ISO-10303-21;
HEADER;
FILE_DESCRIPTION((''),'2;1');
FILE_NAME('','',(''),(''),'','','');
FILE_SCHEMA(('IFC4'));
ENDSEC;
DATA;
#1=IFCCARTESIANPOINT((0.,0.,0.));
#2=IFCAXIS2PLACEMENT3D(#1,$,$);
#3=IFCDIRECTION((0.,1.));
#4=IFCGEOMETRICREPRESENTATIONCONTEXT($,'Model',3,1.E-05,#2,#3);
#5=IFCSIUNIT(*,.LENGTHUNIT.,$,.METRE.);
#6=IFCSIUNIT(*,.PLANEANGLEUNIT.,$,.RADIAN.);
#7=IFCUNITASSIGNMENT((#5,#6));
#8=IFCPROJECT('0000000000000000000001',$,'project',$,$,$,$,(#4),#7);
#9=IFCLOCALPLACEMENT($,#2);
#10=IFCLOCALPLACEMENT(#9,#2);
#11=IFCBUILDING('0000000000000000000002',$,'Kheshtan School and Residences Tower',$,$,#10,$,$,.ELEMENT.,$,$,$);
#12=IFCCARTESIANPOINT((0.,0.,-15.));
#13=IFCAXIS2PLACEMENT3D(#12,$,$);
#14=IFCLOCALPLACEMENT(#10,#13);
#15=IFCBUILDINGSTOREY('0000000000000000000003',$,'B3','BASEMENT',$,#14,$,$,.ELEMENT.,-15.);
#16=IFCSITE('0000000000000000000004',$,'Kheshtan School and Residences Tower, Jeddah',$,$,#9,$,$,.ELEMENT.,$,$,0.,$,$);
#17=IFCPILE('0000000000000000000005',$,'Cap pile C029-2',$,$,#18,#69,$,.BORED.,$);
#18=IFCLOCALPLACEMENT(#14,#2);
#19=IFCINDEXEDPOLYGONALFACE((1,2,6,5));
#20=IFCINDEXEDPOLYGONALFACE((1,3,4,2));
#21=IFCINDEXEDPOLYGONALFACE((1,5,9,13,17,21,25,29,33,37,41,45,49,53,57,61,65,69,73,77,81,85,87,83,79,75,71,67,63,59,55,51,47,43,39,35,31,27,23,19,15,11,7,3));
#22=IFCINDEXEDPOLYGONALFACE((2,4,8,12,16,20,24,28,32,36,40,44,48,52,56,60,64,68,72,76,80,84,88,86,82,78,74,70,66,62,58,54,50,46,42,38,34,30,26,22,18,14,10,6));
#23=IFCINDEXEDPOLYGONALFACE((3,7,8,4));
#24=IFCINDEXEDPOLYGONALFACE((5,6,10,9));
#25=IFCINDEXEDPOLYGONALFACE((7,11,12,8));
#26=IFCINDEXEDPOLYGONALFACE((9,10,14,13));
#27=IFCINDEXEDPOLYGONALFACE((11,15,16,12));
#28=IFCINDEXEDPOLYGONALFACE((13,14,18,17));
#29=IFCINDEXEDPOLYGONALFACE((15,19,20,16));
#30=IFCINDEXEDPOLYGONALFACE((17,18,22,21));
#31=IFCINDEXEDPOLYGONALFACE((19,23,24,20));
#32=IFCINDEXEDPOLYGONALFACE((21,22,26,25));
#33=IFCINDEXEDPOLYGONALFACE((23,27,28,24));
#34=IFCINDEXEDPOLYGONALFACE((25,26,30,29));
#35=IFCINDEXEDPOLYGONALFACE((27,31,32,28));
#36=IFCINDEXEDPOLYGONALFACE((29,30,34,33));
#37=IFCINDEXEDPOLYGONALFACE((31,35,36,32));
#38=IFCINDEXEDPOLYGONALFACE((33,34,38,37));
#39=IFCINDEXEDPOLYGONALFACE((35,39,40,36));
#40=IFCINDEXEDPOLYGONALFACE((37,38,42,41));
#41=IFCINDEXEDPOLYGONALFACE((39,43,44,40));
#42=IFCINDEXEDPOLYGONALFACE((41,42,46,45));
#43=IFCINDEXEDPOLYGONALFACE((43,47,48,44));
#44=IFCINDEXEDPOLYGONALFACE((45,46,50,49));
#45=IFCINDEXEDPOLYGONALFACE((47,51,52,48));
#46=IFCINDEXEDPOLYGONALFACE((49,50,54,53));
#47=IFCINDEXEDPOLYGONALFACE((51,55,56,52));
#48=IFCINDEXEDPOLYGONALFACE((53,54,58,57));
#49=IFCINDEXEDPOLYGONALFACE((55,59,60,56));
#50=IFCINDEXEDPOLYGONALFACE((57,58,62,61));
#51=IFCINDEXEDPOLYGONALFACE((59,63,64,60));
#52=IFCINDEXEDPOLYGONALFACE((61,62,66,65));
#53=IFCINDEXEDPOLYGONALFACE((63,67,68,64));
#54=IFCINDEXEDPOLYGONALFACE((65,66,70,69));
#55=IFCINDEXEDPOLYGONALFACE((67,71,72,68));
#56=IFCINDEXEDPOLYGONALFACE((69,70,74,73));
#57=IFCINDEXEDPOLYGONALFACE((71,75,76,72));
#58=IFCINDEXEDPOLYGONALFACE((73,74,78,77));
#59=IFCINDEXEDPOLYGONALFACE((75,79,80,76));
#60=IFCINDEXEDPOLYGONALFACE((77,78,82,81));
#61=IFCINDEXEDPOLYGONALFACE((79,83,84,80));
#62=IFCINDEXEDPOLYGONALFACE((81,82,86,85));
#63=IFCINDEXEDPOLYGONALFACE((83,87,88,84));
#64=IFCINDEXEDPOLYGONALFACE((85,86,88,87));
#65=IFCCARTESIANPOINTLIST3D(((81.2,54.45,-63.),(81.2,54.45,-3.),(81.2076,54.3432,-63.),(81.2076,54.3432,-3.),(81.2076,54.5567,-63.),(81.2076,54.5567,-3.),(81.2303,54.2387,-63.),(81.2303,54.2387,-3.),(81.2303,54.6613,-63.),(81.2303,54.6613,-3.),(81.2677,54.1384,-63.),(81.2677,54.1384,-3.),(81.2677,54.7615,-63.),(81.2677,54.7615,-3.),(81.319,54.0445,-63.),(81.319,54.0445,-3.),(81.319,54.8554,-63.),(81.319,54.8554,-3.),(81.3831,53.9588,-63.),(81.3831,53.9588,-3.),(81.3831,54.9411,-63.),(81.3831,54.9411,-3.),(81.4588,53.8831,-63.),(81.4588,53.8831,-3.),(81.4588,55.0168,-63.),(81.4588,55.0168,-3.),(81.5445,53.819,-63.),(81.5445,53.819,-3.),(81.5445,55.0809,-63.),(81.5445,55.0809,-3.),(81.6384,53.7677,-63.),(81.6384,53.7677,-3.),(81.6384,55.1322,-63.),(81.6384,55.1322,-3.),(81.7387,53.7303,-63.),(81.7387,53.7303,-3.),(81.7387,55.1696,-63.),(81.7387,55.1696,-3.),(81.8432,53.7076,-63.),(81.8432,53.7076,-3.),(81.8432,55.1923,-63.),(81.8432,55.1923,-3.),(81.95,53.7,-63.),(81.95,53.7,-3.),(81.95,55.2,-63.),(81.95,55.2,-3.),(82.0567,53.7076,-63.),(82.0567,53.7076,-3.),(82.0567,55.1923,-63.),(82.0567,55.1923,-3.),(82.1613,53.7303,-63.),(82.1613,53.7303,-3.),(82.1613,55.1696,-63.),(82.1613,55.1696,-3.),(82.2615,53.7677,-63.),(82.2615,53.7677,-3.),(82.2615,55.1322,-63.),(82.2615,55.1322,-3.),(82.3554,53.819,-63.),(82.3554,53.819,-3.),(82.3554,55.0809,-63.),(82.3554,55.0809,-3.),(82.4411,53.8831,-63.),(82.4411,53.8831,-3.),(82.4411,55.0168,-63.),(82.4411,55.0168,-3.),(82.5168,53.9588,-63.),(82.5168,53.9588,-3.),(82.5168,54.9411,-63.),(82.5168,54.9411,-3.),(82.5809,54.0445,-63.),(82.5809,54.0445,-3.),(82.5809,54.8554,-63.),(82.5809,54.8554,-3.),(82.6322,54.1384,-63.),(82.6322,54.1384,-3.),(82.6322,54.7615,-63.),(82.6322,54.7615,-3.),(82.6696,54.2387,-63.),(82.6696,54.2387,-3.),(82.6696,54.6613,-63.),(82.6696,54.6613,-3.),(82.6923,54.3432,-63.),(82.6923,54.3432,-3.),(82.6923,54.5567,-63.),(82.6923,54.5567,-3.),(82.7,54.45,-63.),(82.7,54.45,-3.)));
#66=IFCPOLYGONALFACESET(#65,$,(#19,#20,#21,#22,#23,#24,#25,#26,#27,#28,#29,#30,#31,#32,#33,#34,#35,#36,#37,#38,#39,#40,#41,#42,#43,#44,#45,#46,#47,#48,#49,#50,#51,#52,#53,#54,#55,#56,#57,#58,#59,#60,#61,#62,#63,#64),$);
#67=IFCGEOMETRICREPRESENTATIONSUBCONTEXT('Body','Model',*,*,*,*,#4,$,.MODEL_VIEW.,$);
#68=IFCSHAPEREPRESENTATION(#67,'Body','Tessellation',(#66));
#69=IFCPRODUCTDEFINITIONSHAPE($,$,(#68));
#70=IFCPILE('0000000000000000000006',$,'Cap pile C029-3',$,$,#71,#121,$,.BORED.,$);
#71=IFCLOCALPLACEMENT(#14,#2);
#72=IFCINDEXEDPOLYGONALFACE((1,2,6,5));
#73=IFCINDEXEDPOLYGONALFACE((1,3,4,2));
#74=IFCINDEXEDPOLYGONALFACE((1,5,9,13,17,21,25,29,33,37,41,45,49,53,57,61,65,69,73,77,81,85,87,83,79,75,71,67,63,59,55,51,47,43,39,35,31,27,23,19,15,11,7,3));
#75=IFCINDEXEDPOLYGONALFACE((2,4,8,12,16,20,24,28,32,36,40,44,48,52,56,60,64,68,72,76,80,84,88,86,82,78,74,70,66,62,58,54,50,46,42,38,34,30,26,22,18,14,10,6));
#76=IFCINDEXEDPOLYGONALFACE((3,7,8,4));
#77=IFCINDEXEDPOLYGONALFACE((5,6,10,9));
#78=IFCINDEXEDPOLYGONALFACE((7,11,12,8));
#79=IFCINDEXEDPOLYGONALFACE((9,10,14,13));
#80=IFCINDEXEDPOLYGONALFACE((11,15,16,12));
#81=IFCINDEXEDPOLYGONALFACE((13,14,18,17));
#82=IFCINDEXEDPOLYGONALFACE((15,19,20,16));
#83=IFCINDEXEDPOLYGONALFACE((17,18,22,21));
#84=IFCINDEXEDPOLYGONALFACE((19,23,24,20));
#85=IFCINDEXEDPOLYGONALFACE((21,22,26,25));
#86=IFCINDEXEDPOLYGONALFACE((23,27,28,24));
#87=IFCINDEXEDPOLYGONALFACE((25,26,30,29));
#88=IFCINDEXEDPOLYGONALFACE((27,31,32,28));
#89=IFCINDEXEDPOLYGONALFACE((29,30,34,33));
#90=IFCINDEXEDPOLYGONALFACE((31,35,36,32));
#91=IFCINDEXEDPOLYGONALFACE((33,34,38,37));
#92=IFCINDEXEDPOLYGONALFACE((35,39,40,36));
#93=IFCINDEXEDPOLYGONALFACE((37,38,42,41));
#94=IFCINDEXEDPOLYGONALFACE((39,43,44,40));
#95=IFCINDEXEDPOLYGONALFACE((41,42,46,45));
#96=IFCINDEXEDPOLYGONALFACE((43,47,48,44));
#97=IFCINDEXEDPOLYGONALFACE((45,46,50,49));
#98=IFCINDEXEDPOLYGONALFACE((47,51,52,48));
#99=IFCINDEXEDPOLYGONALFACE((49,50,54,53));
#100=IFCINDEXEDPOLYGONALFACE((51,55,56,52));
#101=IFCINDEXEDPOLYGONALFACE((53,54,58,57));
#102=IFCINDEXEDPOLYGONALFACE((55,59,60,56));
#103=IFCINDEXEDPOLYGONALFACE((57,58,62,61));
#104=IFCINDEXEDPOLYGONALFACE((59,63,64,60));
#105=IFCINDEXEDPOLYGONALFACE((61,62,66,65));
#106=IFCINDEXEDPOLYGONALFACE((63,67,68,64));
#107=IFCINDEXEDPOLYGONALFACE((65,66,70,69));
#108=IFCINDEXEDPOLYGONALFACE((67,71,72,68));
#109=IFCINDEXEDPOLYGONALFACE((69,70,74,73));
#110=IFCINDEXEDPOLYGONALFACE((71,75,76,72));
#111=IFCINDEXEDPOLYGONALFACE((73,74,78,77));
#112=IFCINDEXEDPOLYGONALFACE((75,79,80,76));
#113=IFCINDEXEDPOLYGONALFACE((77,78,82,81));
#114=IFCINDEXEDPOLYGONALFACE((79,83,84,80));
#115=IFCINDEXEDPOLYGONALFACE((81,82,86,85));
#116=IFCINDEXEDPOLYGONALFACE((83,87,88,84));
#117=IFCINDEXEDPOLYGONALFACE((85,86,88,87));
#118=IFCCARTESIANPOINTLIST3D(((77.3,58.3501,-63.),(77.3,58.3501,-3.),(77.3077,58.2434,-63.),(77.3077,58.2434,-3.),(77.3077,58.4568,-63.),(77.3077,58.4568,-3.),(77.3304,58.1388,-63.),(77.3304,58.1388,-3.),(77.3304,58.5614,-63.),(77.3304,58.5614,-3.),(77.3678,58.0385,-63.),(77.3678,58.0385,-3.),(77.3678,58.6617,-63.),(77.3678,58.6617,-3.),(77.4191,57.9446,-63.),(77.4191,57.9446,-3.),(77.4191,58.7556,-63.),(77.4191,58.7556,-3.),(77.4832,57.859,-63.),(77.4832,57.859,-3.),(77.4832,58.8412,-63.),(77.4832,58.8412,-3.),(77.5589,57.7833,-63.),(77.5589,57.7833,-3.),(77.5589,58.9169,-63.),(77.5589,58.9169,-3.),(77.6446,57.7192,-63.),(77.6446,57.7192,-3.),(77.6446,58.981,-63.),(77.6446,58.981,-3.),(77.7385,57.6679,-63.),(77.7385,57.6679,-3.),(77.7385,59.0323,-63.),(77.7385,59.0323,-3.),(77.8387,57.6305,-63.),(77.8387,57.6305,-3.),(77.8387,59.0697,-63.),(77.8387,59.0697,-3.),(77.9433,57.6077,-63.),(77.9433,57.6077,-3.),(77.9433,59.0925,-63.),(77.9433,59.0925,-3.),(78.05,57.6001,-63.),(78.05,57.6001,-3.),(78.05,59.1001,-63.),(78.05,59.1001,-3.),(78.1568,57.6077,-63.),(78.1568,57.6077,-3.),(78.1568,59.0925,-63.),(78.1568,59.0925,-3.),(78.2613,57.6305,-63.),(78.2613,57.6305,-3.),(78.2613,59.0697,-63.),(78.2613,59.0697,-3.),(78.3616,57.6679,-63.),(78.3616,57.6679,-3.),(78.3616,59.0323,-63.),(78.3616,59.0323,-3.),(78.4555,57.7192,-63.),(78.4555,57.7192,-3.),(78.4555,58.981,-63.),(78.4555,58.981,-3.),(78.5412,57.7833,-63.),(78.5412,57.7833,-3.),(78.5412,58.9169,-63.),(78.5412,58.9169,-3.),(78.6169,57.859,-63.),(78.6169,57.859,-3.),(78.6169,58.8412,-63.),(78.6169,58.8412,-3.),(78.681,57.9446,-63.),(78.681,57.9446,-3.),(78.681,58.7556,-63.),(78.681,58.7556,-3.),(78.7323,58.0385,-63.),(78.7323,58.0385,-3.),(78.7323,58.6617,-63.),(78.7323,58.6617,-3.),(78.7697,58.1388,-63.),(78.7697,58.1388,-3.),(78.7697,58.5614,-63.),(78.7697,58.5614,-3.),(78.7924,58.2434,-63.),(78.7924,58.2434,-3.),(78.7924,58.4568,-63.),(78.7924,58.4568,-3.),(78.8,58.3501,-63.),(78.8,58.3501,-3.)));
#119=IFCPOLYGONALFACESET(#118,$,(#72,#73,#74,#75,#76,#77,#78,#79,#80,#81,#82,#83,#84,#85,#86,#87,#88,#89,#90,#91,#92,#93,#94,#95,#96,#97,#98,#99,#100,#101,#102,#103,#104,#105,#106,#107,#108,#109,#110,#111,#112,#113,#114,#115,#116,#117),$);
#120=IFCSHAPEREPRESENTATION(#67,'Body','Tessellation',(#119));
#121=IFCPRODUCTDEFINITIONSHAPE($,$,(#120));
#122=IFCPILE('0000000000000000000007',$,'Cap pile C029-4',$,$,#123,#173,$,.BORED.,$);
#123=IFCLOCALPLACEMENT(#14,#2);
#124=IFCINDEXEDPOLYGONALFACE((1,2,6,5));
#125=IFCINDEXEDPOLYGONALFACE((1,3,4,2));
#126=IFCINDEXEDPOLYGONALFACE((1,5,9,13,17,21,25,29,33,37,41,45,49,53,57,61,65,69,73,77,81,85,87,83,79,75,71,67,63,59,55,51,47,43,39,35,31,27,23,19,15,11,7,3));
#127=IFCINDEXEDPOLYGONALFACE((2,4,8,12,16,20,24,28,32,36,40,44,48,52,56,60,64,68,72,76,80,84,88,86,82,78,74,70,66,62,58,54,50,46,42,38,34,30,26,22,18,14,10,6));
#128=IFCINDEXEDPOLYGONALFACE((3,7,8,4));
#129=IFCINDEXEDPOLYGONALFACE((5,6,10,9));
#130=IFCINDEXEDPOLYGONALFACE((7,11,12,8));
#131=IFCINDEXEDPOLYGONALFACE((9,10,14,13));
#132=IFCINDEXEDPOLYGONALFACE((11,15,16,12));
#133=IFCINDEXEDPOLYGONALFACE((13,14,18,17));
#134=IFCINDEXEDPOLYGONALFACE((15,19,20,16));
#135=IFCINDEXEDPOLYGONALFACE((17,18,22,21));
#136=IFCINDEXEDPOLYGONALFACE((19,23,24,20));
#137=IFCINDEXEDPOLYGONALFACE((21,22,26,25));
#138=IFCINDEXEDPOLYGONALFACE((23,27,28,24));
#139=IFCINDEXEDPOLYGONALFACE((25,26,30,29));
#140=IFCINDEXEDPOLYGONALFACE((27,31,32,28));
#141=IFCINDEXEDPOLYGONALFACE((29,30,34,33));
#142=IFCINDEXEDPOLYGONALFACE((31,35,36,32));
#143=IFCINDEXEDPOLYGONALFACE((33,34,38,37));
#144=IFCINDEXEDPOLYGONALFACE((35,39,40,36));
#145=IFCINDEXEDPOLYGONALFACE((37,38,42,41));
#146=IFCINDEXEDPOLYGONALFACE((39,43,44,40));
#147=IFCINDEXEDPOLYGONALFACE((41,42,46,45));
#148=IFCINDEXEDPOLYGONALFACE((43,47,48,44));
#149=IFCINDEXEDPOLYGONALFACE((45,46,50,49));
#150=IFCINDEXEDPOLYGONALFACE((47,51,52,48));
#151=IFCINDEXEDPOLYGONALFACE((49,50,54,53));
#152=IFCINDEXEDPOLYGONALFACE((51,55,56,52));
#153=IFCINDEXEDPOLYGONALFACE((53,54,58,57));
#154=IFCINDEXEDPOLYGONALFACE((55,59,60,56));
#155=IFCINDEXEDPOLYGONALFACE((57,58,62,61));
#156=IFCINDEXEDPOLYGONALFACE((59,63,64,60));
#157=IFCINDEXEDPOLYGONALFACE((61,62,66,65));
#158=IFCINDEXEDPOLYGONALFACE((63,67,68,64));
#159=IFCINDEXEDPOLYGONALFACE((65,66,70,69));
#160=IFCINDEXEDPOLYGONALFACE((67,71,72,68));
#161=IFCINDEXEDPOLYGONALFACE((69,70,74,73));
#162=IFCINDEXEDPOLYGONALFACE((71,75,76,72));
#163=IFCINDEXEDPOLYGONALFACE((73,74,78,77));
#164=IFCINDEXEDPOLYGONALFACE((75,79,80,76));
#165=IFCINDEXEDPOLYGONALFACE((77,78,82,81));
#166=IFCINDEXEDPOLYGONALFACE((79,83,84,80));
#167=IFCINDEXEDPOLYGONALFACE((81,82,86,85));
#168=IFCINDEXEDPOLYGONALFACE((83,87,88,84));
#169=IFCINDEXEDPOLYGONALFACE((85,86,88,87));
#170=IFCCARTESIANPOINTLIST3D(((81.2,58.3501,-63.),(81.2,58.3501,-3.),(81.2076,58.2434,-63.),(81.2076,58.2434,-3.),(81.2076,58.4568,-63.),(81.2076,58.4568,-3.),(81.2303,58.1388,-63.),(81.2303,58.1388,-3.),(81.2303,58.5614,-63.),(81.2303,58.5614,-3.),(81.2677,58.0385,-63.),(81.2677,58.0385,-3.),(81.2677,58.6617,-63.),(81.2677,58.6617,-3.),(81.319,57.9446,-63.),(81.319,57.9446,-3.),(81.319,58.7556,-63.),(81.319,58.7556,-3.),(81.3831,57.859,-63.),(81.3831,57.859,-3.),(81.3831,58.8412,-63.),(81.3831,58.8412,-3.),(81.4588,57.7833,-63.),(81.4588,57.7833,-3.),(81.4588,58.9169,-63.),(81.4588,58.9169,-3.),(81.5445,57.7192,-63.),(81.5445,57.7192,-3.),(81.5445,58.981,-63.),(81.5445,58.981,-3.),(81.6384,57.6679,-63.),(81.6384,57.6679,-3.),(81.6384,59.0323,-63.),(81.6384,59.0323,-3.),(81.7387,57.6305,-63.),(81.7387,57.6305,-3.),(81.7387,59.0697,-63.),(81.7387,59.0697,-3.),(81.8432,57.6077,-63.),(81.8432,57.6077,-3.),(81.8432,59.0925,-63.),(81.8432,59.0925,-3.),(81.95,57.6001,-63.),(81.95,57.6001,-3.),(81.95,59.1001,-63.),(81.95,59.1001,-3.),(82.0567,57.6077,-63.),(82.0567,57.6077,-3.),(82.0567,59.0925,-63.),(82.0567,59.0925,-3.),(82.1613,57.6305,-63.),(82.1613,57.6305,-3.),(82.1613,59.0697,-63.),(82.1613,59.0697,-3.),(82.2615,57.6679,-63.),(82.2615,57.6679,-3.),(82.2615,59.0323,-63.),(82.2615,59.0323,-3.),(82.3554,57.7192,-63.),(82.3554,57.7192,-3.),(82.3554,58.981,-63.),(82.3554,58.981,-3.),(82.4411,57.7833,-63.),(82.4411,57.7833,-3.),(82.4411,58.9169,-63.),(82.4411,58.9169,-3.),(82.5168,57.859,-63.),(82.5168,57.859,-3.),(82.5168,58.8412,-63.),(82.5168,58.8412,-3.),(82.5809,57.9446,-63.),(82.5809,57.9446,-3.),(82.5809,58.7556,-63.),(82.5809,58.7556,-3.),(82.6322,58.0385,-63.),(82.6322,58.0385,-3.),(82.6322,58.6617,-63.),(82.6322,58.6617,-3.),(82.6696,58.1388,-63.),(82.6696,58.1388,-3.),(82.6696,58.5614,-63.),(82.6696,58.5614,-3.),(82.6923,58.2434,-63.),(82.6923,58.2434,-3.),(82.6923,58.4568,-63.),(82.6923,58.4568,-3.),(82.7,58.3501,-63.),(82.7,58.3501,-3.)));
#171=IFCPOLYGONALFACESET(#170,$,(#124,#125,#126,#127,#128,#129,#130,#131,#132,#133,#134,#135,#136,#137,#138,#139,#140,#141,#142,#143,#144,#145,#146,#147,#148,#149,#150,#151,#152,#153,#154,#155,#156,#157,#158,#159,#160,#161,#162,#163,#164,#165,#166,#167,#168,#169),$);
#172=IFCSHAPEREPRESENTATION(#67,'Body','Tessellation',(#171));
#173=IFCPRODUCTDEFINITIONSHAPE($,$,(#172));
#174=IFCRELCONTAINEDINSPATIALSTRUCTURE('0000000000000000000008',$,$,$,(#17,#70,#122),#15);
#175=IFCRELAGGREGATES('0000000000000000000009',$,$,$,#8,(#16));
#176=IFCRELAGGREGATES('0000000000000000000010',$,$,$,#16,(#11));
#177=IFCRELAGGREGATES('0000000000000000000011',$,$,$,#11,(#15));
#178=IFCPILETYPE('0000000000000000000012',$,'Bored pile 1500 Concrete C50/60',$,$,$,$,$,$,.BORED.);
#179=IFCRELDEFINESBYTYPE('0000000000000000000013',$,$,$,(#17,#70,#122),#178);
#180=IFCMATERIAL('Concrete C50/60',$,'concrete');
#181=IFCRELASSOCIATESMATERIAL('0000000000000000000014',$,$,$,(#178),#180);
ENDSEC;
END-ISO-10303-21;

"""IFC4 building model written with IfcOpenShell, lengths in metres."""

from ifc_helpers import new_model, si_unit, direction, frame, origin, origin_2d, place, context, subcontext, project, spatial, circle, extrude, material, material_profile, profile_set, type_object, element, save


model = new_model("IFC4")

# Units and contexts
model_context = context("Model", 3, precision=1e-05, world=origin(), true_north=direction((0.0, 1.0)))
body_context = subcontext(model_context, "Body", "Model", "MODEL_VIEW")
ifc_project = project(units=[si_unit("LENGTHUNIT", "METRE"), si_unit("PLANEANGLEUNIT", "RADIAN")], contexts=[model_context])

# Site, building, storey
site_placement = place(None, origin())
site = spatial("IfcSite", under=ifc_project, at=site_placement, Name="Kheshtan School and Residences Tower, Jeddah", CompositionType="ELEMENT", RefElevation=0.0)
building_placement = place(site_placement, origin())
building = spatial("IfcBuilding", under=site, at=building_placement, Name="Kheshtan School and Residences Tower", CompositionType="ELEMENT")
storey_placement = place(building_placement, frame((0.0, 0.0, -15.0)))
storey = spatial("IfcBuildingStorey", under=building, at=storey_placement, Name="B3", Description="BASEMENT", CompositionType="ELEMENT", Elevation=-15.0)

# Piles
ifc_material_1 = material(Name="Concrete C50/60", Category="concrete")
ifc_material_profile_1 = material_profile(ifc_material_1, circle(Radius=0.75, at=origin_2d()), Name="BP 1500")
ifc_profile_set_1 = profile_set([ifc_material_profile_1], Name="Concrete C50/60")
pile_type_1 = type_object("IfcPileType", Name="Bored pile 1500 Concrete C50/60", PredefinedType="BORED", material=ifc_profile_set_1)
for number, where, z_axis, x_axis, name in (
    (1, (81.95, 54.45, -3.0), (0.0, 0.0, -1.0), (1.0, 0.0, 0.0), "Cap pile C029-2"),
    (2, (78.05, 58.3501, -3.0), (0.0, 0.0, -1.0), (1.0, 0.0, 0.0), "Cap pile C029-3"),
    (3, (81.95, 58.3501, -3.0), (0.0, 0.0, -1.0), (1.0, 0.0, 0.0), "Cap pile C029-4"),
):
    element("IfcPile", number, at=place(storey_placement, frame(where, z_axis=z_axis, x_axis=x_axis)), inside=storey, type_object=pile_type_1, Name=name, PredefinedType="BORED", context=body_context, shape_type="SweptSolid", body=[
        extrude(circle(Radius=0.75, at=origin_2d()), origin(), (0.0, 0.0, 1.0), 60.0),
    ])

save(model, "model.ifc")
